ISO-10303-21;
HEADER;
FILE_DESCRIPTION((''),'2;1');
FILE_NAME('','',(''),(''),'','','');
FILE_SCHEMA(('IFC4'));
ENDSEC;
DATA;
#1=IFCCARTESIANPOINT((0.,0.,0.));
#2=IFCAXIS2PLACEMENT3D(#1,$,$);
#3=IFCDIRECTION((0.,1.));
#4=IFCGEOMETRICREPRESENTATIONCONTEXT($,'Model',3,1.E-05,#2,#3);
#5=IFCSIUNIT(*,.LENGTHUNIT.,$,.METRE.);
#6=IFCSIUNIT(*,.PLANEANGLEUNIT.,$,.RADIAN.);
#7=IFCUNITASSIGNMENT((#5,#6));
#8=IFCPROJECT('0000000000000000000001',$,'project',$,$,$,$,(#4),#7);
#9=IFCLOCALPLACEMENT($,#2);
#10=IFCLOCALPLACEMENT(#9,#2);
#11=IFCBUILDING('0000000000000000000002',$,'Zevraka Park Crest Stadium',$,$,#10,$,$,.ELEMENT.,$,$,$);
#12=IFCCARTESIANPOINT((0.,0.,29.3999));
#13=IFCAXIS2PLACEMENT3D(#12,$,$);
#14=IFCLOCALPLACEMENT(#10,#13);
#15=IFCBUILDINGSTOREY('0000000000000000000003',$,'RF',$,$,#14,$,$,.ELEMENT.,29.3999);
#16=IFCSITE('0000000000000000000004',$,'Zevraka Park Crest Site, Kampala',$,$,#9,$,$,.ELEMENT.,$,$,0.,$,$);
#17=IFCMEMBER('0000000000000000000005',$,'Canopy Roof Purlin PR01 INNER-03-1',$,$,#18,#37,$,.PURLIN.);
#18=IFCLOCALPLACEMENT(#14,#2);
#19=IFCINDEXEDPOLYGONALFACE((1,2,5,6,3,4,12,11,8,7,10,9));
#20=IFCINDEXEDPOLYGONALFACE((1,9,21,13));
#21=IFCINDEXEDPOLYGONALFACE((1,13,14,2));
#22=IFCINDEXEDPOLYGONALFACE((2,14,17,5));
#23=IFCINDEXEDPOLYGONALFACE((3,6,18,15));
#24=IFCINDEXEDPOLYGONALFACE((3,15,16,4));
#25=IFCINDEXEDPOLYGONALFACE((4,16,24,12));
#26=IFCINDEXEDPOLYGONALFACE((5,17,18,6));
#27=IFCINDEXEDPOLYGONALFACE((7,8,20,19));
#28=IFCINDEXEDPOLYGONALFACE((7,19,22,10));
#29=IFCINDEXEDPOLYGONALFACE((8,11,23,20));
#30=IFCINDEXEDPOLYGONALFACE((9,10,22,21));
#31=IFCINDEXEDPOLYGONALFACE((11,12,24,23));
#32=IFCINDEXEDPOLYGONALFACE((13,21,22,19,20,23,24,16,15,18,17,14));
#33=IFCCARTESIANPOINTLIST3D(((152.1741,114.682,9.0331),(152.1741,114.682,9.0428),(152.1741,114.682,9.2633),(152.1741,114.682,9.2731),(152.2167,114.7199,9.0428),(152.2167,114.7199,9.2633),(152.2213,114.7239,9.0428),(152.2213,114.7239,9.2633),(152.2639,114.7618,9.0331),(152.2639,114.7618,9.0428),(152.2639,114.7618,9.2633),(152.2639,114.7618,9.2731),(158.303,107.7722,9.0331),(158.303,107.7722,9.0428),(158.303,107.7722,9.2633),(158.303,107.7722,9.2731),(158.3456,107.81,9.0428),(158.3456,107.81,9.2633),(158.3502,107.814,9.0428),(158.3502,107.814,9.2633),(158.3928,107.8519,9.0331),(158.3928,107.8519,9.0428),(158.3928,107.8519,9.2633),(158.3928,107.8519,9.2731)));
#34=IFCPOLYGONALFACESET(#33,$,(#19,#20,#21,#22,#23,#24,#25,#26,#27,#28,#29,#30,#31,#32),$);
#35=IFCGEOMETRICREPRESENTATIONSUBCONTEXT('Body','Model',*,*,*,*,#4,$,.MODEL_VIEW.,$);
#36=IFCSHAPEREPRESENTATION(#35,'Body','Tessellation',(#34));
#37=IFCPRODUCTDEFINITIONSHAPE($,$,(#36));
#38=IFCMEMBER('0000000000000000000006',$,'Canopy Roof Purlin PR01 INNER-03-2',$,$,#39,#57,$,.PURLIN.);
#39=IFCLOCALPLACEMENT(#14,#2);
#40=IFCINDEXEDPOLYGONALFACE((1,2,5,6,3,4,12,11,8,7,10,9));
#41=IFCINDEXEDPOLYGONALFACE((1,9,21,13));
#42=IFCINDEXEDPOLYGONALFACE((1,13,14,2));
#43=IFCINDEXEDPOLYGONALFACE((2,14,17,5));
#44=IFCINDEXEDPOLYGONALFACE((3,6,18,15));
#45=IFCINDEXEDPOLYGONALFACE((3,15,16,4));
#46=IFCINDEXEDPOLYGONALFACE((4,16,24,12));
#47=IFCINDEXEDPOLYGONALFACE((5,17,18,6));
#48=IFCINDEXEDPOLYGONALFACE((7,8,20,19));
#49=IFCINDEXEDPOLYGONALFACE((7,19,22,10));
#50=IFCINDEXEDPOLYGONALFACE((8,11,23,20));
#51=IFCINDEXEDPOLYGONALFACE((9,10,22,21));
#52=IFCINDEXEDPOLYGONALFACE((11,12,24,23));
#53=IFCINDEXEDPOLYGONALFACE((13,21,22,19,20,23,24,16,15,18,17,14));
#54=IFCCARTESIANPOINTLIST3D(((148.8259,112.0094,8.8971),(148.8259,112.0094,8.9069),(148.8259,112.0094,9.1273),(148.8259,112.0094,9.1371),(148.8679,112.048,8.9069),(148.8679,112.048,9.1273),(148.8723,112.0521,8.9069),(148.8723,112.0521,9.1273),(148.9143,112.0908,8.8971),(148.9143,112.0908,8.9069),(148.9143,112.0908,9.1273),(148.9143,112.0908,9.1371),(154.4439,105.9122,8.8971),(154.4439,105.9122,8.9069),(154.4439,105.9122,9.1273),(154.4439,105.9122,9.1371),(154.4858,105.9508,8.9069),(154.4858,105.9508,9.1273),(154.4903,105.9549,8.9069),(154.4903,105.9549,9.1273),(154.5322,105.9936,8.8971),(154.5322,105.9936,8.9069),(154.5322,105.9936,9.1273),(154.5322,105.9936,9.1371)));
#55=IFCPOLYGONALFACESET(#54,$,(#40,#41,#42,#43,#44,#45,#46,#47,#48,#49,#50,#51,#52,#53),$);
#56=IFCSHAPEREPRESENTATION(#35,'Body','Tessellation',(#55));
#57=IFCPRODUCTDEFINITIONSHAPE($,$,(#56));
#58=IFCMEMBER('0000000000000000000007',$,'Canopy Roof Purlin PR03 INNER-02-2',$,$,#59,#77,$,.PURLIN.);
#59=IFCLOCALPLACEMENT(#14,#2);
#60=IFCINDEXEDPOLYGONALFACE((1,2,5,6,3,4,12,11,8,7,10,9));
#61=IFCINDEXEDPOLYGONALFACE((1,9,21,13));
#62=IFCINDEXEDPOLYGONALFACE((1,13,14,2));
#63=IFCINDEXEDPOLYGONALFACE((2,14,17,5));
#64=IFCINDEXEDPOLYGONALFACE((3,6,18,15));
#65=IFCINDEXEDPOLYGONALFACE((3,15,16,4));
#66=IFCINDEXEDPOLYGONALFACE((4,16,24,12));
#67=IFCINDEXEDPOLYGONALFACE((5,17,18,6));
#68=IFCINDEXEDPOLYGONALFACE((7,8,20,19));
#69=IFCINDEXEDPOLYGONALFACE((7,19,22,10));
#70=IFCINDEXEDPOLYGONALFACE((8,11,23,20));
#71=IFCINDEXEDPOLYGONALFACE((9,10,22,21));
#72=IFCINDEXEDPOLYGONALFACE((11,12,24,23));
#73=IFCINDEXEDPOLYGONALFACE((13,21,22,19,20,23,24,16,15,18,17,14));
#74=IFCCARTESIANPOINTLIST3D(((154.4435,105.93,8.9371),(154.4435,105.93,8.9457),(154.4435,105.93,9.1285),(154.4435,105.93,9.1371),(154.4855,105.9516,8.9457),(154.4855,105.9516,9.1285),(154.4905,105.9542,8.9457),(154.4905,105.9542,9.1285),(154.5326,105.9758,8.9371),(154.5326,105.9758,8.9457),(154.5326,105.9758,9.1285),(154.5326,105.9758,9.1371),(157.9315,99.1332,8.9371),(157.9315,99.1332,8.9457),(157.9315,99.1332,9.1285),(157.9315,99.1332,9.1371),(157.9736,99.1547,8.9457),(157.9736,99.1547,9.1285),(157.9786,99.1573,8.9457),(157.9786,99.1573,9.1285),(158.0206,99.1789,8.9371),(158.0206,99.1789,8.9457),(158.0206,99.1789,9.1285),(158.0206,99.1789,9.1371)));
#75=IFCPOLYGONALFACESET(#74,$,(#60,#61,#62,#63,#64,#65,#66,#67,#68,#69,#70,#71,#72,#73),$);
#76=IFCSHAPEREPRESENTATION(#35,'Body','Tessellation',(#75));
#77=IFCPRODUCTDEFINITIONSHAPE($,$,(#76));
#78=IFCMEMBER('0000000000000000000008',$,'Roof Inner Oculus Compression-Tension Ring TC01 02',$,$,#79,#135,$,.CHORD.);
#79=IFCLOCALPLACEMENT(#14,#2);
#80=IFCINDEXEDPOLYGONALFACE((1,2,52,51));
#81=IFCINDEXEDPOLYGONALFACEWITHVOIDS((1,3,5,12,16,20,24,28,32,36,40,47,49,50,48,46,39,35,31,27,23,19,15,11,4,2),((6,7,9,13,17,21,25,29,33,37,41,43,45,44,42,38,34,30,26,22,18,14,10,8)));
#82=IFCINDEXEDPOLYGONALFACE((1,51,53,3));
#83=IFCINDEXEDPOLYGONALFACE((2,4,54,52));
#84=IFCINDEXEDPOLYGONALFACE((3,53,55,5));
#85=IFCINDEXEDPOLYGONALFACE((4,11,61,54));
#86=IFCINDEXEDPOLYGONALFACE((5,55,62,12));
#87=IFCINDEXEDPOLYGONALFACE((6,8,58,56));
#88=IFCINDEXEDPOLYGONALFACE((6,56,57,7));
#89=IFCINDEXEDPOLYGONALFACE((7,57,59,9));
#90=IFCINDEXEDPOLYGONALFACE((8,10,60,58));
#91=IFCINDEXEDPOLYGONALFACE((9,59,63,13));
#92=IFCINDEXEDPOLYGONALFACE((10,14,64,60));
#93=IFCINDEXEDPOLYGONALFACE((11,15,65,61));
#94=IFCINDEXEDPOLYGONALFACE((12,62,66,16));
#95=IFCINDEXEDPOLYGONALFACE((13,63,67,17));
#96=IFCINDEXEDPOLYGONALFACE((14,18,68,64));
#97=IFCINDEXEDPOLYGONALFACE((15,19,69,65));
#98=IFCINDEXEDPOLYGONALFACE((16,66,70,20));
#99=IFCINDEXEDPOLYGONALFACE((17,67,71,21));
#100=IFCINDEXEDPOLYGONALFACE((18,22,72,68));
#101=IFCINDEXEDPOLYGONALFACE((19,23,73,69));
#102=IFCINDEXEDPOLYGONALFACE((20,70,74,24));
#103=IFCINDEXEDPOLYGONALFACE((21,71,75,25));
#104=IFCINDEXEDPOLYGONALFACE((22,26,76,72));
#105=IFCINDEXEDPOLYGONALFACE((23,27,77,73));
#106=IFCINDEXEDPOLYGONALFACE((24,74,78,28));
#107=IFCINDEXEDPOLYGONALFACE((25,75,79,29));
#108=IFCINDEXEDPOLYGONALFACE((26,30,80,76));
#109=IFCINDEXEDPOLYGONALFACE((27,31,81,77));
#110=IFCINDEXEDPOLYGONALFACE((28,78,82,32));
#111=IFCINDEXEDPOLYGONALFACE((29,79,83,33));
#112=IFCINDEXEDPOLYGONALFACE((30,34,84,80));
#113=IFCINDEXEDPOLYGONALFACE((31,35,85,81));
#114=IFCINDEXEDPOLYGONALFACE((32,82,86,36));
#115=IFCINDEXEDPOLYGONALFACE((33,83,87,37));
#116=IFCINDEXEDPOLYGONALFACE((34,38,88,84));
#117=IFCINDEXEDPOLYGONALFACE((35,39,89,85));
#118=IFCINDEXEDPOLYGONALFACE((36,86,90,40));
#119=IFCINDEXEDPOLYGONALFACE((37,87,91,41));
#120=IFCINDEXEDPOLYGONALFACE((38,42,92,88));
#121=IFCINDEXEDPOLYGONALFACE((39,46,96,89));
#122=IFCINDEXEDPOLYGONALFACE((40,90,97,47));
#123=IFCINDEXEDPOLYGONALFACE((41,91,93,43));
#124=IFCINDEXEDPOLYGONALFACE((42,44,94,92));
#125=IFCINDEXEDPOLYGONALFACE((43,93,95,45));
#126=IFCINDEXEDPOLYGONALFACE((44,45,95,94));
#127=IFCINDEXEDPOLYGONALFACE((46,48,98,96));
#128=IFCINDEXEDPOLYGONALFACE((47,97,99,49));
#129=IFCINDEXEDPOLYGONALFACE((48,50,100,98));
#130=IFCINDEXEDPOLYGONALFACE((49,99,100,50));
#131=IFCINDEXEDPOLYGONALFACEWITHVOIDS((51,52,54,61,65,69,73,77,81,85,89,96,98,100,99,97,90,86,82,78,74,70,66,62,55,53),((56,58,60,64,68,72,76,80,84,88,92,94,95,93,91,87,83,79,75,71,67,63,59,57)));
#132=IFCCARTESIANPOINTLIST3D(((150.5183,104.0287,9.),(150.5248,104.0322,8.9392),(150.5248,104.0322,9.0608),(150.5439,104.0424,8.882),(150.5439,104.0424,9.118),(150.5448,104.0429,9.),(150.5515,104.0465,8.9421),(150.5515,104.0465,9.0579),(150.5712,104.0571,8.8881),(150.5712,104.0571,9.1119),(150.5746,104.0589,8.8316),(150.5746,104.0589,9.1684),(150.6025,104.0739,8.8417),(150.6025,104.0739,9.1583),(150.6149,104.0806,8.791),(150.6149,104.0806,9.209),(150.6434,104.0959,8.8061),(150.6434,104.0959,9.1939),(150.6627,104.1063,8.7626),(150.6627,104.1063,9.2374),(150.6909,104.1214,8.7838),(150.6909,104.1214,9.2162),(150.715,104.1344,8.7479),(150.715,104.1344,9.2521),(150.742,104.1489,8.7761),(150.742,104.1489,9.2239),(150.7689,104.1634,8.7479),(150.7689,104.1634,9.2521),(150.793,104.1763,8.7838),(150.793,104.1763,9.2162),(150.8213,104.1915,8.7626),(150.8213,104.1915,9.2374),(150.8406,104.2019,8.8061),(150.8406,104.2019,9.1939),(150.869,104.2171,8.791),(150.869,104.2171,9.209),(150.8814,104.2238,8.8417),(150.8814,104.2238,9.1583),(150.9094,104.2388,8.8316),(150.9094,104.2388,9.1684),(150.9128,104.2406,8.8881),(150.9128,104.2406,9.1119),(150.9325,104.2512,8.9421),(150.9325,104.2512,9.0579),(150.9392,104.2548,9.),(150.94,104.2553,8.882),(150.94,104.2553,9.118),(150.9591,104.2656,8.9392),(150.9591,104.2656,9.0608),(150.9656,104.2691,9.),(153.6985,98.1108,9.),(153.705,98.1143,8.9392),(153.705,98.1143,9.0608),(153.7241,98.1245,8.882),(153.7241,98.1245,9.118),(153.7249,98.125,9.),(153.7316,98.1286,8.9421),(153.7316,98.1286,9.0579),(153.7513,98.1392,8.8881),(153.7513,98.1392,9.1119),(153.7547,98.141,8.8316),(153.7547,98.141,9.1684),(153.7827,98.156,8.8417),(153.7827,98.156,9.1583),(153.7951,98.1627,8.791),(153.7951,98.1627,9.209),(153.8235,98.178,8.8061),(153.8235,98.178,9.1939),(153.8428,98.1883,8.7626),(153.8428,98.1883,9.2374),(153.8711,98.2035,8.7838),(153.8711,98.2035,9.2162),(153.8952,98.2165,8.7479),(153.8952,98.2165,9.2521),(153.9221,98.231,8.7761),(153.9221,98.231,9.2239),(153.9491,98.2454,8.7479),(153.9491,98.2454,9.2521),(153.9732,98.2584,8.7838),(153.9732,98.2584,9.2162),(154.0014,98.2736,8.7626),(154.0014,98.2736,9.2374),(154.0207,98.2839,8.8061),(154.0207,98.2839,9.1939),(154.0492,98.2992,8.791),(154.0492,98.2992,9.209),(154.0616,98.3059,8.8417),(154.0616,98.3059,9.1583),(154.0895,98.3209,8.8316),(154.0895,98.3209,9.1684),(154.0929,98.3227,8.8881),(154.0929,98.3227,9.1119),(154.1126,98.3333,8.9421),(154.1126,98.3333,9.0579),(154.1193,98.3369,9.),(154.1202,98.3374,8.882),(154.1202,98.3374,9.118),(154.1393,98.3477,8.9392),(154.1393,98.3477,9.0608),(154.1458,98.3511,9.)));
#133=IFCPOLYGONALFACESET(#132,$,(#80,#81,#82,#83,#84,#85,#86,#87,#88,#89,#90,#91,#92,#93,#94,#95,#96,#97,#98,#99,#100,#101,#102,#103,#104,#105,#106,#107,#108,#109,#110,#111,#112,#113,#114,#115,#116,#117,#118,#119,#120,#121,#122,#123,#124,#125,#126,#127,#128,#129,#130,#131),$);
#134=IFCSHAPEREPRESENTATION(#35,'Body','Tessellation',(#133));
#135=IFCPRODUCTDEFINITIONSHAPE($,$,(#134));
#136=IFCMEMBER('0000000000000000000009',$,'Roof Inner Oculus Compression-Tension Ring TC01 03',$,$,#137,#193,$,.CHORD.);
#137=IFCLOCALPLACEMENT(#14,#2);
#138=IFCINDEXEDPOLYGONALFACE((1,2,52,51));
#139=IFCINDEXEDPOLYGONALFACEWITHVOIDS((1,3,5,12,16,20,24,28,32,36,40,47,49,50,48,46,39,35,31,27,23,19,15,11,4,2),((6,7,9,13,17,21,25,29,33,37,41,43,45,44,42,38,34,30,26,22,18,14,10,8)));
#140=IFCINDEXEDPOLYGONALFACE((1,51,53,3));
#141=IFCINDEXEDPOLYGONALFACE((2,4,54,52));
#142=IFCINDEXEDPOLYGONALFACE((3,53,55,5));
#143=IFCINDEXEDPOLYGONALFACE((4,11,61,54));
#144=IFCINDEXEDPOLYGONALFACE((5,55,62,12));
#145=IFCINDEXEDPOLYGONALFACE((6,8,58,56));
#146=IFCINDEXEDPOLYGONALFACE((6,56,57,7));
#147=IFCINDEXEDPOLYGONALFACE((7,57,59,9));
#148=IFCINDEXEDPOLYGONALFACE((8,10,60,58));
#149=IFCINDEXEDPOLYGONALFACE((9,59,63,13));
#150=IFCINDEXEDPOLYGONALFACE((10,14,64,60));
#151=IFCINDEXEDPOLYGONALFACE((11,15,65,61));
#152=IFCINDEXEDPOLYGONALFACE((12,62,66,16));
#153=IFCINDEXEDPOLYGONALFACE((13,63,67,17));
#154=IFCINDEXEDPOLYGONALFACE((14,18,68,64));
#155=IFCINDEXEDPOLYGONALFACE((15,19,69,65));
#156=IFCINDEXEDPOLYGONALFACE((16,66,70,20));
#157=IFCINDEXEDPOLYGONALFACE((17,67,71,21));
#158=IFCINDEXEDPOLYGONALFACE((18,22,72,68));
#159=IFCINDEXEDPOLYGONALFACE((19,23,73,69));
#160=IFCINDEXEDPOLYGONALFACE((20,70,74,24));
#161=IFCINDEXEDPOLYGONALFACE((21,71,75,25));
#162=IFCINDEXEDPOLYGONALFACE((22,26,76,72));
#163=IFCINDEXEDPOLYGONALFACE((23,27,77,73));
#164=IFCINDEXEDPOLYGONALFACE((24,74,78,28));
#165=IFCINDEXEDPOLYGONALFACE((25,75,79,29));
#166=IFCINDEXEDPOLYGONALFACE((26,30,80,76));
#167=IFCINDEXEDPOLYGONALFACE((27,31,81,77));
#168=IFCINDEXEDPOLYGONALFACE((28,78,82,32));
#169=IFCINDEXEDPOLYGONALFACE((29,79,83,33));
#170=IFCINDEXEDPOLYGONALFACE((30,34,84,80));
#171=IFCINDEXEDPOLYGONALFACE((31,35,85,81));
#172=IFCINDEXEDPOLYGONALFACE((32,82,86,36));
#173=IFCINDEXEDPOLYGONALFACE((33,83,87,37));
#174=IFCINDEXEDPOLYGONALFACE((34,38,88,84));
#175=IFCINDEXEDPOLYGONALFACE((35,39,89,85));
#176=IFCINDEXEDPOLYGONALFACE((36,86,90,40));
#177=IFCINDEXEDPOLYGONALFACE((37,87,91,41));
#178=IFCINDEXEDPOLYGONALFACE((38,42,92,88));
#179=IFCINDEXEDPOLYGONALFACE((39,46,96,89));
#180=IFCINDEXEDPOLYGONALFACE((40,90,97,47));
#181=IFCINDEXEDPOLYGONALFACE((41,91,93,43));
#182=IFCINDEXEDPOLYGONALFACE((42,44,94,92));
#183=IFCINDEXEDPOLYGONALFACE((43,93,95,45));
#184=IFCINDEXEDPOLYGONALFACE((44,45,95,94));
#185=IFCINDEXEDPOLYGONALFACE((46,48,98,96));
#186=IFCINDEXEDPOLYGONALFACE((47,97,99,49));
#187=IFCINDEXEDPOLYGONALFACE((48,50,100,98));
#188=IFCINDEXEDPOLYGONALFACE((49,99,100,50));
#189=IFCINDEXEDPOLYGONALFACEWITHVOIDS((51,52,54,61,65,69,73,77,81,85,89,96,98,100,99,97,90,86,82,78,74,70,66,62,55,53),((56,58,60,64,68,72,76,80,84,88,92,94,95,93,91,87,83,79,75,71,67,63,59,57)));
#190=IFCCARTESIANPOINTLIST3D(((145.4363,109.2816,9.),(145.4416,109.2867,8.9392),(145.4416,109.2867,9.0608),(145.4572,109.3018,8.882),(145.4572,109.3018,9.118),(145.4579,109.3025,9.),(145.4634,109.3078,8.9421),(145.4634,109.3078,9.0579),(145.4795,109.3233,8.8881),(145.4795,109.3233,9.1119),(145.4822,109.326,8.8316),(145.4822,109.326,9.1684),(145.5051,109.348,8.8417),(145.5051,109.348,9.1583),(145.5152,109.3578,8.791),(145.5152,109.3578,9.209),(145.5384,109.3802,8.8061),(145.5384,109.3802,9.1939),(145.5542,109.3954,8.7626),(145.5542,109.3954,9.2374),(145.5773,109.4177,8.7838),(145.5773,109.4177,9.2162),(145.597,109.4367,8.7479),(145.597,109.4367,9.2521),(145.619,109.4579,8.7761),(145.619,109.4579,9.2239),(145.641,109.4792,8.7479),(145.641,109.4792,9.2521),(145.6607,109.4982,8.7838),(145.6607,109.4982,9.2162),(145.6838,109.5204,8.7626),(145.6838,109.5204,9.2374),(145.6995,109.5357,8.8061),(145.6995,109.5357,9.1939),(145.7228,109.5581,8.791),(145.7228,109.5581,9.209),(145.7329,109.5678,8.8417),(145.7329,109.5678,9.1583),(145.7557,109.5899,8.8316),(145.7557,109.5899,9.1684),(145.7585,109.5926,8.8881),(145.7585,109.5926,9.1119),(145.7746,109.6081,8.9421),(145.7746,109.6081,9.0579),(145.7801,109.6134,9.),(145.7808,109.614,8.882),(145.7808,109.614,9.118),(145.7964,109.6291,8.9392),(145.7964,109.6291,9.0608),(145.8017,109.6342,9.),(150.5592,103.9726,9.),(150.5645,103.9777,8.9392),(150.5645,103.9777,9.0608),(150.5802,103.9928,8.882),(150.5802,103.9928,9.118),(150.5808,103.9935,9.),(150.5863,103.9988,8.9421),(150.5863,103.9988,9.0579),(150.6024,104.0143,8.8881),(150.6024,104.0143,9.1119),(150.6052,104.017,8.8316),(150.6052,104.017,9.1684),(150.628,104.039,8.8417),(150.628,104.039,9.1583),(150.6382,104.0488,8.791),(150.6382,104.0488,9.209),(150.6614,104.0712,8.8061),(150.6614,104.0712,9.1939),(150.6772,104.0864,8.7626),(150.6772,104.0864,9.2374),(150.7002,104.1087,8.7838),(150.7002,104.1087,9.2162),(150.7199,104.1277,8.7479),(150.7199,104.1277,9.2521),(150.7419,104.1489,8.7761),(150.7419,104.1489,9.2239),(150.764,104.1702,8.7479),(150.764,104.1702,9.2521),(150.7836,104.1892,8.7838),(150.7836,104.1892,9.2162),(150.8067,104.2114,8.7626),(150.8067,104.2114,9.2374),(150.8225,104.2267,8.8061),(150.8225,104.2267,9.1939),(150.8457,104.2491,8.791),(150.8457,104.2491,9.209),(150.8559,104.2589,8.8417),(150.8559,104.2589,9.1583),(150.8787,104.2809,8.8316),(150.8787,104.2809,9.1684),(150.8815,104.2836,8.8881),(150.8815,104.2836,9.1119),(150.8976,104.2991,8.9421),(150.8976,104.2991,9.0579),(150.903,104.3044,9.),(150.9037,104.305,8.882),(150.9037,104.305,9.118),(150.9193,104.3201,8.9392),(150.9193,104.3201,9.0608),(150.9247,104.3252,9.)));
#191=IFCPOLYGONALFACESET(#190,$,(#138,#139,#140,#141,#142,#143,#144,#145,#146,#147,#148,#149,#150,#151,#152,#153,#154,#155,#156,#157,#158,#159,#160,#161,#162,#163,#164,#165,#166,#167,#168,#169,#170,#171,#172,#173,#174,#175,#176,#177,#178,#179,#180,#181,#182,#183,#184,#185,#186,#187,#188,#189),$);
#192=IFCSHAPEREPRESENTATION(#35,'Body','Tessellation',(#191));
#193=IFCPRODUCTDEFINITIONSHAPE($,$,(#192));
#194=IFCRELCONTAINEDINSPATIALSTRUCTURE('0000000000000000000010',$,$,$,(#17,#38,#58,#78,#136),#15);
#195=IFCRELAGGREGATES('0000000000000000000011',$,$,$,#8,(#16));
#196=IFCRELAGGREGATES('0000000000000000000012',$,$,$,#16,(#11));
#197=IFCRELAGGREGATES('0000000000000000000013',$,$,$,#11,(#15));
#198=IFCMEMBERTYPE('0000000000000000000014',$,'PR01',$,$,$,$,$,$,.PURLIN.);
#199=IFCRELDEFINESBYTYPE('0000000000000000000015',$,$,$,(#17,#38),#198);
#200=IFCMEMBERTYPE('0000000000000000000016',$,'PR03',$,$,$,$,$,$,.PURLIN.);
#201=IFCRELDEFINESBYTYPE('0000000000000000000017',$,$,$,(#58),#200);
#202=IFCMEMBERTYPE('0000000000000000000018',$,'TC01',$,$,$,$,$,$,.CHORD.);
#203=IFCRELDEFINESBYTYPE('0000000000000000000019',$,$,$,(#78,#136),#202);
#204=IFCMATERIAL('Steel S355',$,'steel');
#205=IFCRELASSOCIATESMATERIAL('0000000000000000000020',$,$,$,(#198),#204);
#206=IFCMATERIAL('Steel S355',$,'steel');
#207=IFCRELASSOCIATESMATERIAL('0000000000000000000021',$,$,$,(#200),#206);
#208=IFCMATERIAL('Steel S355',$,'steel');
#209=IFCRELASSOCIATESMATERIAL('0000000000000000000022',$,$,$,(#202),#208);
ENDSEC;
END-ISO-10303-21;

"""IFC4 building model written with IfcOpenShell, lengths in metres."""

from ifc_helpers import new_model, si_unit, direction, frame, origin, origin_2d, place, context, subcontext, project, spatial, hollow_circle, i_section, extrude, material, material_profile, profile_set, type_object, element, save


model = new_model("IFC4")

# Units and contexts
model_context = context("Model", 3, precision=1e-05, world=origin(), true_north=direction((0.0, 1.0)))
body_context = subcontext(model_context, "Body", "Model", "MODEL_VIEW")
ifc_project = project(units=[si_unit("LENGTHUNIT", "METRE"), si_unit("PLANEANGLEUNIT", "RADIAN")], contexts=[model_context])

# Site, building, storey
site_placement = place(None, origin())
site = spatial("IfcSite", under=ifc_project, at=site_placement, Name="Zevraka Park Crest Site, Kampala", CompositionType="ELEMENT", RefElevation=0.0)
building_placement = place(site_placement, origin())
building = spatial("IfcBuilding", under=site, at=building_placement, Name="Zevraka Park Crest Stadium", CompositionType="ELEMENT")
storey_placement = place(building_placement, frame((0.0, 0.0, 29.3999)))
storey = spatial("IfcBuildingStorey", under=building, at=storey_placement, Name="RF", CompositionType="ELEMENT", Elevation=29.3999)

# Members
ifc_material_1 = material(Name="Steel S355", Category="steel")
ifc_material_profile_1 = material_profile(ifc_material_1, i_section(OverallWidth=0.1201, OverallDepth=0.24, WebThickness=0.0061, FlangeThickness=0.0098, at=origin_2d()), Name="IPE 240")
ifc_profile_set_1 = profile_set([ifc_material_profile_1], Name="Steel S355")
member_type_1 = type_object("IfcMemberType", Name="PR01", PredefinedType="PURLIN", material=ifc_profile_set_1)
member_1_placement = place(storey_placement, frame((158.3479, 107.812, 9.1531), z_axis=(-0.663563, 0.748121, 0.0), x_axis=(-0.748121, -0.663563, 0.0)))
element("IfcMember", 1, at=member_1_placement, inside=storey, type_object=member_type_1, Name="Canopy Roof Purlin PR01 INNER-03-1", PredefinedType="PURLIN", context=body_context, shape_type="SweptSolid", body=[
    extrude(i_section(OverallWidth=0.1201, OverallDepth=0.24, WebThickness=0.0061, FlangeThickness=0.0098, at=origin_2d()), origin(), (0.0, 0.0, 1.0), 9.2363),
])
member_2_placement = place(storey_placement, frame((154.488, 105.9529, 9.0171), z_axis=(-0.677613, 0.735418, 0.0), x_axis=(-0.735418, -0.677613, 0.0)))
element("IfcMember", 2, at=member_2_placement, inside=storey, type_object=member_type_1, Name="Canopy Roof Purlin PR01 INNER-03-2", PredefinedType="PURLIN", context=body_context, shape_type="SweptSolid", body=[
    extrude(i_section(OverallWidth=0.1201, OverallDepth=0.24, WebThickness=0.0061, FlangeThickness=0.0098, at=origin_2d()), origin(), (0.0, 0.0, 1.0), 8.2908),
])
ifc_material_2 = material(Name="Steel S355", Category="steel")
ifc_material_profile_2 = material_profile(ifc_material_2, i_section(OverallWidth=0.1001, OverallDepth=0.2, WebThickness=0.0056, FlangeThickness=0.0085, at=origin_2d()), Name="IPE 200")
ifc_profile_set_2 = profile_set([ifc_material_profile_2], Name="Steel S355")
member_type_2 = type_object("IfcMemberType", Name="PR03", PredefinedType="PURLIN", material=ifc_profile_set_2)
member_3_placement = place(storey_placement, frame((157.9761, 99.156, 9.0371), z_axis=(-0.456572, 0.889687, 0.0), x_axis=(-0.889687, -0.456572, 0.0)))
element("IfcMember", 3, at=member_3_placement, inside=storey, type_object=member_type_2, Name="Canopy Roof Purlin PR03 INNER-02-2", PredefinedType="PURLIN", context=body_context, shape_type="SweptSolid", body=[
    extrude(i_section(OverallWidth=0.1001, OverallDepth=0.2, WebThickness=0.0056, FlangeThickness=0.0085, at=origin_2d()), origin(), (0.0, 0.0, 1.0), 7.6396),
])
ifc_material_3 = material(Name="Steel S355", Category="steel")
ifc_material_profile_3 = material_profile(ifc_material_3, hollow_circle(Radius=0.2539, WallThickness=0.03, at=origin_2d()), Name="CHS 508.0x30")
ifc_profile_set_3 = profile_set([ifc_material_profile_3], Name="Steel S355")
member_type_3 = type_object("IfcMemberType", Name="TC01", PredefinedType="CHORD", material=ifc_profile_set_3)
member_4_placement = place(storey_placement, frame((153.9221, 98.231, 9.0), z_axis=(-0.473359, 0.88087, 0.0), x_axis=(-0.88087, -0.473359, 0.0)))
element("IfcMember", 4, at=member_4_placement, inside=storey, type_object=member_type_3, Name="Roof Inner Oculus Compression-Tension Ring TC01 02", PredefinedType="CHORD", context=body_context, shape_type="SweptSolid", body=[
    extrude(hollow_circle(Radius=0.2539, WallThickness=0.03, at=origin_2d()), origin(), (0.0, 0.0, 1.0), 6.7183),
])
member_5_placement = place(storey_placement, frame((150.7419, 104.1489, 9.0), z_axis=(-0.694387, 0.719602, 0.0), x_axis=(-0.719602, -0.694387, 0.0)))
element("IfcMember", 5, at=member_5_placement, inside=storey, type_object=member_type_3, Name="Roof Inner Oculus Compression-Tension Ring TC01 03", PredefinedType="CHORD", context=body_context, shape_type="SweptSolid", body=[
    extrude(hollow_circle(Radius=0.2539, WallThickness=0.03, at=origin_2d()), origin(), (0.0, 0.0, 1.0), 7.3777),
])

save(model, "model.ifc")
